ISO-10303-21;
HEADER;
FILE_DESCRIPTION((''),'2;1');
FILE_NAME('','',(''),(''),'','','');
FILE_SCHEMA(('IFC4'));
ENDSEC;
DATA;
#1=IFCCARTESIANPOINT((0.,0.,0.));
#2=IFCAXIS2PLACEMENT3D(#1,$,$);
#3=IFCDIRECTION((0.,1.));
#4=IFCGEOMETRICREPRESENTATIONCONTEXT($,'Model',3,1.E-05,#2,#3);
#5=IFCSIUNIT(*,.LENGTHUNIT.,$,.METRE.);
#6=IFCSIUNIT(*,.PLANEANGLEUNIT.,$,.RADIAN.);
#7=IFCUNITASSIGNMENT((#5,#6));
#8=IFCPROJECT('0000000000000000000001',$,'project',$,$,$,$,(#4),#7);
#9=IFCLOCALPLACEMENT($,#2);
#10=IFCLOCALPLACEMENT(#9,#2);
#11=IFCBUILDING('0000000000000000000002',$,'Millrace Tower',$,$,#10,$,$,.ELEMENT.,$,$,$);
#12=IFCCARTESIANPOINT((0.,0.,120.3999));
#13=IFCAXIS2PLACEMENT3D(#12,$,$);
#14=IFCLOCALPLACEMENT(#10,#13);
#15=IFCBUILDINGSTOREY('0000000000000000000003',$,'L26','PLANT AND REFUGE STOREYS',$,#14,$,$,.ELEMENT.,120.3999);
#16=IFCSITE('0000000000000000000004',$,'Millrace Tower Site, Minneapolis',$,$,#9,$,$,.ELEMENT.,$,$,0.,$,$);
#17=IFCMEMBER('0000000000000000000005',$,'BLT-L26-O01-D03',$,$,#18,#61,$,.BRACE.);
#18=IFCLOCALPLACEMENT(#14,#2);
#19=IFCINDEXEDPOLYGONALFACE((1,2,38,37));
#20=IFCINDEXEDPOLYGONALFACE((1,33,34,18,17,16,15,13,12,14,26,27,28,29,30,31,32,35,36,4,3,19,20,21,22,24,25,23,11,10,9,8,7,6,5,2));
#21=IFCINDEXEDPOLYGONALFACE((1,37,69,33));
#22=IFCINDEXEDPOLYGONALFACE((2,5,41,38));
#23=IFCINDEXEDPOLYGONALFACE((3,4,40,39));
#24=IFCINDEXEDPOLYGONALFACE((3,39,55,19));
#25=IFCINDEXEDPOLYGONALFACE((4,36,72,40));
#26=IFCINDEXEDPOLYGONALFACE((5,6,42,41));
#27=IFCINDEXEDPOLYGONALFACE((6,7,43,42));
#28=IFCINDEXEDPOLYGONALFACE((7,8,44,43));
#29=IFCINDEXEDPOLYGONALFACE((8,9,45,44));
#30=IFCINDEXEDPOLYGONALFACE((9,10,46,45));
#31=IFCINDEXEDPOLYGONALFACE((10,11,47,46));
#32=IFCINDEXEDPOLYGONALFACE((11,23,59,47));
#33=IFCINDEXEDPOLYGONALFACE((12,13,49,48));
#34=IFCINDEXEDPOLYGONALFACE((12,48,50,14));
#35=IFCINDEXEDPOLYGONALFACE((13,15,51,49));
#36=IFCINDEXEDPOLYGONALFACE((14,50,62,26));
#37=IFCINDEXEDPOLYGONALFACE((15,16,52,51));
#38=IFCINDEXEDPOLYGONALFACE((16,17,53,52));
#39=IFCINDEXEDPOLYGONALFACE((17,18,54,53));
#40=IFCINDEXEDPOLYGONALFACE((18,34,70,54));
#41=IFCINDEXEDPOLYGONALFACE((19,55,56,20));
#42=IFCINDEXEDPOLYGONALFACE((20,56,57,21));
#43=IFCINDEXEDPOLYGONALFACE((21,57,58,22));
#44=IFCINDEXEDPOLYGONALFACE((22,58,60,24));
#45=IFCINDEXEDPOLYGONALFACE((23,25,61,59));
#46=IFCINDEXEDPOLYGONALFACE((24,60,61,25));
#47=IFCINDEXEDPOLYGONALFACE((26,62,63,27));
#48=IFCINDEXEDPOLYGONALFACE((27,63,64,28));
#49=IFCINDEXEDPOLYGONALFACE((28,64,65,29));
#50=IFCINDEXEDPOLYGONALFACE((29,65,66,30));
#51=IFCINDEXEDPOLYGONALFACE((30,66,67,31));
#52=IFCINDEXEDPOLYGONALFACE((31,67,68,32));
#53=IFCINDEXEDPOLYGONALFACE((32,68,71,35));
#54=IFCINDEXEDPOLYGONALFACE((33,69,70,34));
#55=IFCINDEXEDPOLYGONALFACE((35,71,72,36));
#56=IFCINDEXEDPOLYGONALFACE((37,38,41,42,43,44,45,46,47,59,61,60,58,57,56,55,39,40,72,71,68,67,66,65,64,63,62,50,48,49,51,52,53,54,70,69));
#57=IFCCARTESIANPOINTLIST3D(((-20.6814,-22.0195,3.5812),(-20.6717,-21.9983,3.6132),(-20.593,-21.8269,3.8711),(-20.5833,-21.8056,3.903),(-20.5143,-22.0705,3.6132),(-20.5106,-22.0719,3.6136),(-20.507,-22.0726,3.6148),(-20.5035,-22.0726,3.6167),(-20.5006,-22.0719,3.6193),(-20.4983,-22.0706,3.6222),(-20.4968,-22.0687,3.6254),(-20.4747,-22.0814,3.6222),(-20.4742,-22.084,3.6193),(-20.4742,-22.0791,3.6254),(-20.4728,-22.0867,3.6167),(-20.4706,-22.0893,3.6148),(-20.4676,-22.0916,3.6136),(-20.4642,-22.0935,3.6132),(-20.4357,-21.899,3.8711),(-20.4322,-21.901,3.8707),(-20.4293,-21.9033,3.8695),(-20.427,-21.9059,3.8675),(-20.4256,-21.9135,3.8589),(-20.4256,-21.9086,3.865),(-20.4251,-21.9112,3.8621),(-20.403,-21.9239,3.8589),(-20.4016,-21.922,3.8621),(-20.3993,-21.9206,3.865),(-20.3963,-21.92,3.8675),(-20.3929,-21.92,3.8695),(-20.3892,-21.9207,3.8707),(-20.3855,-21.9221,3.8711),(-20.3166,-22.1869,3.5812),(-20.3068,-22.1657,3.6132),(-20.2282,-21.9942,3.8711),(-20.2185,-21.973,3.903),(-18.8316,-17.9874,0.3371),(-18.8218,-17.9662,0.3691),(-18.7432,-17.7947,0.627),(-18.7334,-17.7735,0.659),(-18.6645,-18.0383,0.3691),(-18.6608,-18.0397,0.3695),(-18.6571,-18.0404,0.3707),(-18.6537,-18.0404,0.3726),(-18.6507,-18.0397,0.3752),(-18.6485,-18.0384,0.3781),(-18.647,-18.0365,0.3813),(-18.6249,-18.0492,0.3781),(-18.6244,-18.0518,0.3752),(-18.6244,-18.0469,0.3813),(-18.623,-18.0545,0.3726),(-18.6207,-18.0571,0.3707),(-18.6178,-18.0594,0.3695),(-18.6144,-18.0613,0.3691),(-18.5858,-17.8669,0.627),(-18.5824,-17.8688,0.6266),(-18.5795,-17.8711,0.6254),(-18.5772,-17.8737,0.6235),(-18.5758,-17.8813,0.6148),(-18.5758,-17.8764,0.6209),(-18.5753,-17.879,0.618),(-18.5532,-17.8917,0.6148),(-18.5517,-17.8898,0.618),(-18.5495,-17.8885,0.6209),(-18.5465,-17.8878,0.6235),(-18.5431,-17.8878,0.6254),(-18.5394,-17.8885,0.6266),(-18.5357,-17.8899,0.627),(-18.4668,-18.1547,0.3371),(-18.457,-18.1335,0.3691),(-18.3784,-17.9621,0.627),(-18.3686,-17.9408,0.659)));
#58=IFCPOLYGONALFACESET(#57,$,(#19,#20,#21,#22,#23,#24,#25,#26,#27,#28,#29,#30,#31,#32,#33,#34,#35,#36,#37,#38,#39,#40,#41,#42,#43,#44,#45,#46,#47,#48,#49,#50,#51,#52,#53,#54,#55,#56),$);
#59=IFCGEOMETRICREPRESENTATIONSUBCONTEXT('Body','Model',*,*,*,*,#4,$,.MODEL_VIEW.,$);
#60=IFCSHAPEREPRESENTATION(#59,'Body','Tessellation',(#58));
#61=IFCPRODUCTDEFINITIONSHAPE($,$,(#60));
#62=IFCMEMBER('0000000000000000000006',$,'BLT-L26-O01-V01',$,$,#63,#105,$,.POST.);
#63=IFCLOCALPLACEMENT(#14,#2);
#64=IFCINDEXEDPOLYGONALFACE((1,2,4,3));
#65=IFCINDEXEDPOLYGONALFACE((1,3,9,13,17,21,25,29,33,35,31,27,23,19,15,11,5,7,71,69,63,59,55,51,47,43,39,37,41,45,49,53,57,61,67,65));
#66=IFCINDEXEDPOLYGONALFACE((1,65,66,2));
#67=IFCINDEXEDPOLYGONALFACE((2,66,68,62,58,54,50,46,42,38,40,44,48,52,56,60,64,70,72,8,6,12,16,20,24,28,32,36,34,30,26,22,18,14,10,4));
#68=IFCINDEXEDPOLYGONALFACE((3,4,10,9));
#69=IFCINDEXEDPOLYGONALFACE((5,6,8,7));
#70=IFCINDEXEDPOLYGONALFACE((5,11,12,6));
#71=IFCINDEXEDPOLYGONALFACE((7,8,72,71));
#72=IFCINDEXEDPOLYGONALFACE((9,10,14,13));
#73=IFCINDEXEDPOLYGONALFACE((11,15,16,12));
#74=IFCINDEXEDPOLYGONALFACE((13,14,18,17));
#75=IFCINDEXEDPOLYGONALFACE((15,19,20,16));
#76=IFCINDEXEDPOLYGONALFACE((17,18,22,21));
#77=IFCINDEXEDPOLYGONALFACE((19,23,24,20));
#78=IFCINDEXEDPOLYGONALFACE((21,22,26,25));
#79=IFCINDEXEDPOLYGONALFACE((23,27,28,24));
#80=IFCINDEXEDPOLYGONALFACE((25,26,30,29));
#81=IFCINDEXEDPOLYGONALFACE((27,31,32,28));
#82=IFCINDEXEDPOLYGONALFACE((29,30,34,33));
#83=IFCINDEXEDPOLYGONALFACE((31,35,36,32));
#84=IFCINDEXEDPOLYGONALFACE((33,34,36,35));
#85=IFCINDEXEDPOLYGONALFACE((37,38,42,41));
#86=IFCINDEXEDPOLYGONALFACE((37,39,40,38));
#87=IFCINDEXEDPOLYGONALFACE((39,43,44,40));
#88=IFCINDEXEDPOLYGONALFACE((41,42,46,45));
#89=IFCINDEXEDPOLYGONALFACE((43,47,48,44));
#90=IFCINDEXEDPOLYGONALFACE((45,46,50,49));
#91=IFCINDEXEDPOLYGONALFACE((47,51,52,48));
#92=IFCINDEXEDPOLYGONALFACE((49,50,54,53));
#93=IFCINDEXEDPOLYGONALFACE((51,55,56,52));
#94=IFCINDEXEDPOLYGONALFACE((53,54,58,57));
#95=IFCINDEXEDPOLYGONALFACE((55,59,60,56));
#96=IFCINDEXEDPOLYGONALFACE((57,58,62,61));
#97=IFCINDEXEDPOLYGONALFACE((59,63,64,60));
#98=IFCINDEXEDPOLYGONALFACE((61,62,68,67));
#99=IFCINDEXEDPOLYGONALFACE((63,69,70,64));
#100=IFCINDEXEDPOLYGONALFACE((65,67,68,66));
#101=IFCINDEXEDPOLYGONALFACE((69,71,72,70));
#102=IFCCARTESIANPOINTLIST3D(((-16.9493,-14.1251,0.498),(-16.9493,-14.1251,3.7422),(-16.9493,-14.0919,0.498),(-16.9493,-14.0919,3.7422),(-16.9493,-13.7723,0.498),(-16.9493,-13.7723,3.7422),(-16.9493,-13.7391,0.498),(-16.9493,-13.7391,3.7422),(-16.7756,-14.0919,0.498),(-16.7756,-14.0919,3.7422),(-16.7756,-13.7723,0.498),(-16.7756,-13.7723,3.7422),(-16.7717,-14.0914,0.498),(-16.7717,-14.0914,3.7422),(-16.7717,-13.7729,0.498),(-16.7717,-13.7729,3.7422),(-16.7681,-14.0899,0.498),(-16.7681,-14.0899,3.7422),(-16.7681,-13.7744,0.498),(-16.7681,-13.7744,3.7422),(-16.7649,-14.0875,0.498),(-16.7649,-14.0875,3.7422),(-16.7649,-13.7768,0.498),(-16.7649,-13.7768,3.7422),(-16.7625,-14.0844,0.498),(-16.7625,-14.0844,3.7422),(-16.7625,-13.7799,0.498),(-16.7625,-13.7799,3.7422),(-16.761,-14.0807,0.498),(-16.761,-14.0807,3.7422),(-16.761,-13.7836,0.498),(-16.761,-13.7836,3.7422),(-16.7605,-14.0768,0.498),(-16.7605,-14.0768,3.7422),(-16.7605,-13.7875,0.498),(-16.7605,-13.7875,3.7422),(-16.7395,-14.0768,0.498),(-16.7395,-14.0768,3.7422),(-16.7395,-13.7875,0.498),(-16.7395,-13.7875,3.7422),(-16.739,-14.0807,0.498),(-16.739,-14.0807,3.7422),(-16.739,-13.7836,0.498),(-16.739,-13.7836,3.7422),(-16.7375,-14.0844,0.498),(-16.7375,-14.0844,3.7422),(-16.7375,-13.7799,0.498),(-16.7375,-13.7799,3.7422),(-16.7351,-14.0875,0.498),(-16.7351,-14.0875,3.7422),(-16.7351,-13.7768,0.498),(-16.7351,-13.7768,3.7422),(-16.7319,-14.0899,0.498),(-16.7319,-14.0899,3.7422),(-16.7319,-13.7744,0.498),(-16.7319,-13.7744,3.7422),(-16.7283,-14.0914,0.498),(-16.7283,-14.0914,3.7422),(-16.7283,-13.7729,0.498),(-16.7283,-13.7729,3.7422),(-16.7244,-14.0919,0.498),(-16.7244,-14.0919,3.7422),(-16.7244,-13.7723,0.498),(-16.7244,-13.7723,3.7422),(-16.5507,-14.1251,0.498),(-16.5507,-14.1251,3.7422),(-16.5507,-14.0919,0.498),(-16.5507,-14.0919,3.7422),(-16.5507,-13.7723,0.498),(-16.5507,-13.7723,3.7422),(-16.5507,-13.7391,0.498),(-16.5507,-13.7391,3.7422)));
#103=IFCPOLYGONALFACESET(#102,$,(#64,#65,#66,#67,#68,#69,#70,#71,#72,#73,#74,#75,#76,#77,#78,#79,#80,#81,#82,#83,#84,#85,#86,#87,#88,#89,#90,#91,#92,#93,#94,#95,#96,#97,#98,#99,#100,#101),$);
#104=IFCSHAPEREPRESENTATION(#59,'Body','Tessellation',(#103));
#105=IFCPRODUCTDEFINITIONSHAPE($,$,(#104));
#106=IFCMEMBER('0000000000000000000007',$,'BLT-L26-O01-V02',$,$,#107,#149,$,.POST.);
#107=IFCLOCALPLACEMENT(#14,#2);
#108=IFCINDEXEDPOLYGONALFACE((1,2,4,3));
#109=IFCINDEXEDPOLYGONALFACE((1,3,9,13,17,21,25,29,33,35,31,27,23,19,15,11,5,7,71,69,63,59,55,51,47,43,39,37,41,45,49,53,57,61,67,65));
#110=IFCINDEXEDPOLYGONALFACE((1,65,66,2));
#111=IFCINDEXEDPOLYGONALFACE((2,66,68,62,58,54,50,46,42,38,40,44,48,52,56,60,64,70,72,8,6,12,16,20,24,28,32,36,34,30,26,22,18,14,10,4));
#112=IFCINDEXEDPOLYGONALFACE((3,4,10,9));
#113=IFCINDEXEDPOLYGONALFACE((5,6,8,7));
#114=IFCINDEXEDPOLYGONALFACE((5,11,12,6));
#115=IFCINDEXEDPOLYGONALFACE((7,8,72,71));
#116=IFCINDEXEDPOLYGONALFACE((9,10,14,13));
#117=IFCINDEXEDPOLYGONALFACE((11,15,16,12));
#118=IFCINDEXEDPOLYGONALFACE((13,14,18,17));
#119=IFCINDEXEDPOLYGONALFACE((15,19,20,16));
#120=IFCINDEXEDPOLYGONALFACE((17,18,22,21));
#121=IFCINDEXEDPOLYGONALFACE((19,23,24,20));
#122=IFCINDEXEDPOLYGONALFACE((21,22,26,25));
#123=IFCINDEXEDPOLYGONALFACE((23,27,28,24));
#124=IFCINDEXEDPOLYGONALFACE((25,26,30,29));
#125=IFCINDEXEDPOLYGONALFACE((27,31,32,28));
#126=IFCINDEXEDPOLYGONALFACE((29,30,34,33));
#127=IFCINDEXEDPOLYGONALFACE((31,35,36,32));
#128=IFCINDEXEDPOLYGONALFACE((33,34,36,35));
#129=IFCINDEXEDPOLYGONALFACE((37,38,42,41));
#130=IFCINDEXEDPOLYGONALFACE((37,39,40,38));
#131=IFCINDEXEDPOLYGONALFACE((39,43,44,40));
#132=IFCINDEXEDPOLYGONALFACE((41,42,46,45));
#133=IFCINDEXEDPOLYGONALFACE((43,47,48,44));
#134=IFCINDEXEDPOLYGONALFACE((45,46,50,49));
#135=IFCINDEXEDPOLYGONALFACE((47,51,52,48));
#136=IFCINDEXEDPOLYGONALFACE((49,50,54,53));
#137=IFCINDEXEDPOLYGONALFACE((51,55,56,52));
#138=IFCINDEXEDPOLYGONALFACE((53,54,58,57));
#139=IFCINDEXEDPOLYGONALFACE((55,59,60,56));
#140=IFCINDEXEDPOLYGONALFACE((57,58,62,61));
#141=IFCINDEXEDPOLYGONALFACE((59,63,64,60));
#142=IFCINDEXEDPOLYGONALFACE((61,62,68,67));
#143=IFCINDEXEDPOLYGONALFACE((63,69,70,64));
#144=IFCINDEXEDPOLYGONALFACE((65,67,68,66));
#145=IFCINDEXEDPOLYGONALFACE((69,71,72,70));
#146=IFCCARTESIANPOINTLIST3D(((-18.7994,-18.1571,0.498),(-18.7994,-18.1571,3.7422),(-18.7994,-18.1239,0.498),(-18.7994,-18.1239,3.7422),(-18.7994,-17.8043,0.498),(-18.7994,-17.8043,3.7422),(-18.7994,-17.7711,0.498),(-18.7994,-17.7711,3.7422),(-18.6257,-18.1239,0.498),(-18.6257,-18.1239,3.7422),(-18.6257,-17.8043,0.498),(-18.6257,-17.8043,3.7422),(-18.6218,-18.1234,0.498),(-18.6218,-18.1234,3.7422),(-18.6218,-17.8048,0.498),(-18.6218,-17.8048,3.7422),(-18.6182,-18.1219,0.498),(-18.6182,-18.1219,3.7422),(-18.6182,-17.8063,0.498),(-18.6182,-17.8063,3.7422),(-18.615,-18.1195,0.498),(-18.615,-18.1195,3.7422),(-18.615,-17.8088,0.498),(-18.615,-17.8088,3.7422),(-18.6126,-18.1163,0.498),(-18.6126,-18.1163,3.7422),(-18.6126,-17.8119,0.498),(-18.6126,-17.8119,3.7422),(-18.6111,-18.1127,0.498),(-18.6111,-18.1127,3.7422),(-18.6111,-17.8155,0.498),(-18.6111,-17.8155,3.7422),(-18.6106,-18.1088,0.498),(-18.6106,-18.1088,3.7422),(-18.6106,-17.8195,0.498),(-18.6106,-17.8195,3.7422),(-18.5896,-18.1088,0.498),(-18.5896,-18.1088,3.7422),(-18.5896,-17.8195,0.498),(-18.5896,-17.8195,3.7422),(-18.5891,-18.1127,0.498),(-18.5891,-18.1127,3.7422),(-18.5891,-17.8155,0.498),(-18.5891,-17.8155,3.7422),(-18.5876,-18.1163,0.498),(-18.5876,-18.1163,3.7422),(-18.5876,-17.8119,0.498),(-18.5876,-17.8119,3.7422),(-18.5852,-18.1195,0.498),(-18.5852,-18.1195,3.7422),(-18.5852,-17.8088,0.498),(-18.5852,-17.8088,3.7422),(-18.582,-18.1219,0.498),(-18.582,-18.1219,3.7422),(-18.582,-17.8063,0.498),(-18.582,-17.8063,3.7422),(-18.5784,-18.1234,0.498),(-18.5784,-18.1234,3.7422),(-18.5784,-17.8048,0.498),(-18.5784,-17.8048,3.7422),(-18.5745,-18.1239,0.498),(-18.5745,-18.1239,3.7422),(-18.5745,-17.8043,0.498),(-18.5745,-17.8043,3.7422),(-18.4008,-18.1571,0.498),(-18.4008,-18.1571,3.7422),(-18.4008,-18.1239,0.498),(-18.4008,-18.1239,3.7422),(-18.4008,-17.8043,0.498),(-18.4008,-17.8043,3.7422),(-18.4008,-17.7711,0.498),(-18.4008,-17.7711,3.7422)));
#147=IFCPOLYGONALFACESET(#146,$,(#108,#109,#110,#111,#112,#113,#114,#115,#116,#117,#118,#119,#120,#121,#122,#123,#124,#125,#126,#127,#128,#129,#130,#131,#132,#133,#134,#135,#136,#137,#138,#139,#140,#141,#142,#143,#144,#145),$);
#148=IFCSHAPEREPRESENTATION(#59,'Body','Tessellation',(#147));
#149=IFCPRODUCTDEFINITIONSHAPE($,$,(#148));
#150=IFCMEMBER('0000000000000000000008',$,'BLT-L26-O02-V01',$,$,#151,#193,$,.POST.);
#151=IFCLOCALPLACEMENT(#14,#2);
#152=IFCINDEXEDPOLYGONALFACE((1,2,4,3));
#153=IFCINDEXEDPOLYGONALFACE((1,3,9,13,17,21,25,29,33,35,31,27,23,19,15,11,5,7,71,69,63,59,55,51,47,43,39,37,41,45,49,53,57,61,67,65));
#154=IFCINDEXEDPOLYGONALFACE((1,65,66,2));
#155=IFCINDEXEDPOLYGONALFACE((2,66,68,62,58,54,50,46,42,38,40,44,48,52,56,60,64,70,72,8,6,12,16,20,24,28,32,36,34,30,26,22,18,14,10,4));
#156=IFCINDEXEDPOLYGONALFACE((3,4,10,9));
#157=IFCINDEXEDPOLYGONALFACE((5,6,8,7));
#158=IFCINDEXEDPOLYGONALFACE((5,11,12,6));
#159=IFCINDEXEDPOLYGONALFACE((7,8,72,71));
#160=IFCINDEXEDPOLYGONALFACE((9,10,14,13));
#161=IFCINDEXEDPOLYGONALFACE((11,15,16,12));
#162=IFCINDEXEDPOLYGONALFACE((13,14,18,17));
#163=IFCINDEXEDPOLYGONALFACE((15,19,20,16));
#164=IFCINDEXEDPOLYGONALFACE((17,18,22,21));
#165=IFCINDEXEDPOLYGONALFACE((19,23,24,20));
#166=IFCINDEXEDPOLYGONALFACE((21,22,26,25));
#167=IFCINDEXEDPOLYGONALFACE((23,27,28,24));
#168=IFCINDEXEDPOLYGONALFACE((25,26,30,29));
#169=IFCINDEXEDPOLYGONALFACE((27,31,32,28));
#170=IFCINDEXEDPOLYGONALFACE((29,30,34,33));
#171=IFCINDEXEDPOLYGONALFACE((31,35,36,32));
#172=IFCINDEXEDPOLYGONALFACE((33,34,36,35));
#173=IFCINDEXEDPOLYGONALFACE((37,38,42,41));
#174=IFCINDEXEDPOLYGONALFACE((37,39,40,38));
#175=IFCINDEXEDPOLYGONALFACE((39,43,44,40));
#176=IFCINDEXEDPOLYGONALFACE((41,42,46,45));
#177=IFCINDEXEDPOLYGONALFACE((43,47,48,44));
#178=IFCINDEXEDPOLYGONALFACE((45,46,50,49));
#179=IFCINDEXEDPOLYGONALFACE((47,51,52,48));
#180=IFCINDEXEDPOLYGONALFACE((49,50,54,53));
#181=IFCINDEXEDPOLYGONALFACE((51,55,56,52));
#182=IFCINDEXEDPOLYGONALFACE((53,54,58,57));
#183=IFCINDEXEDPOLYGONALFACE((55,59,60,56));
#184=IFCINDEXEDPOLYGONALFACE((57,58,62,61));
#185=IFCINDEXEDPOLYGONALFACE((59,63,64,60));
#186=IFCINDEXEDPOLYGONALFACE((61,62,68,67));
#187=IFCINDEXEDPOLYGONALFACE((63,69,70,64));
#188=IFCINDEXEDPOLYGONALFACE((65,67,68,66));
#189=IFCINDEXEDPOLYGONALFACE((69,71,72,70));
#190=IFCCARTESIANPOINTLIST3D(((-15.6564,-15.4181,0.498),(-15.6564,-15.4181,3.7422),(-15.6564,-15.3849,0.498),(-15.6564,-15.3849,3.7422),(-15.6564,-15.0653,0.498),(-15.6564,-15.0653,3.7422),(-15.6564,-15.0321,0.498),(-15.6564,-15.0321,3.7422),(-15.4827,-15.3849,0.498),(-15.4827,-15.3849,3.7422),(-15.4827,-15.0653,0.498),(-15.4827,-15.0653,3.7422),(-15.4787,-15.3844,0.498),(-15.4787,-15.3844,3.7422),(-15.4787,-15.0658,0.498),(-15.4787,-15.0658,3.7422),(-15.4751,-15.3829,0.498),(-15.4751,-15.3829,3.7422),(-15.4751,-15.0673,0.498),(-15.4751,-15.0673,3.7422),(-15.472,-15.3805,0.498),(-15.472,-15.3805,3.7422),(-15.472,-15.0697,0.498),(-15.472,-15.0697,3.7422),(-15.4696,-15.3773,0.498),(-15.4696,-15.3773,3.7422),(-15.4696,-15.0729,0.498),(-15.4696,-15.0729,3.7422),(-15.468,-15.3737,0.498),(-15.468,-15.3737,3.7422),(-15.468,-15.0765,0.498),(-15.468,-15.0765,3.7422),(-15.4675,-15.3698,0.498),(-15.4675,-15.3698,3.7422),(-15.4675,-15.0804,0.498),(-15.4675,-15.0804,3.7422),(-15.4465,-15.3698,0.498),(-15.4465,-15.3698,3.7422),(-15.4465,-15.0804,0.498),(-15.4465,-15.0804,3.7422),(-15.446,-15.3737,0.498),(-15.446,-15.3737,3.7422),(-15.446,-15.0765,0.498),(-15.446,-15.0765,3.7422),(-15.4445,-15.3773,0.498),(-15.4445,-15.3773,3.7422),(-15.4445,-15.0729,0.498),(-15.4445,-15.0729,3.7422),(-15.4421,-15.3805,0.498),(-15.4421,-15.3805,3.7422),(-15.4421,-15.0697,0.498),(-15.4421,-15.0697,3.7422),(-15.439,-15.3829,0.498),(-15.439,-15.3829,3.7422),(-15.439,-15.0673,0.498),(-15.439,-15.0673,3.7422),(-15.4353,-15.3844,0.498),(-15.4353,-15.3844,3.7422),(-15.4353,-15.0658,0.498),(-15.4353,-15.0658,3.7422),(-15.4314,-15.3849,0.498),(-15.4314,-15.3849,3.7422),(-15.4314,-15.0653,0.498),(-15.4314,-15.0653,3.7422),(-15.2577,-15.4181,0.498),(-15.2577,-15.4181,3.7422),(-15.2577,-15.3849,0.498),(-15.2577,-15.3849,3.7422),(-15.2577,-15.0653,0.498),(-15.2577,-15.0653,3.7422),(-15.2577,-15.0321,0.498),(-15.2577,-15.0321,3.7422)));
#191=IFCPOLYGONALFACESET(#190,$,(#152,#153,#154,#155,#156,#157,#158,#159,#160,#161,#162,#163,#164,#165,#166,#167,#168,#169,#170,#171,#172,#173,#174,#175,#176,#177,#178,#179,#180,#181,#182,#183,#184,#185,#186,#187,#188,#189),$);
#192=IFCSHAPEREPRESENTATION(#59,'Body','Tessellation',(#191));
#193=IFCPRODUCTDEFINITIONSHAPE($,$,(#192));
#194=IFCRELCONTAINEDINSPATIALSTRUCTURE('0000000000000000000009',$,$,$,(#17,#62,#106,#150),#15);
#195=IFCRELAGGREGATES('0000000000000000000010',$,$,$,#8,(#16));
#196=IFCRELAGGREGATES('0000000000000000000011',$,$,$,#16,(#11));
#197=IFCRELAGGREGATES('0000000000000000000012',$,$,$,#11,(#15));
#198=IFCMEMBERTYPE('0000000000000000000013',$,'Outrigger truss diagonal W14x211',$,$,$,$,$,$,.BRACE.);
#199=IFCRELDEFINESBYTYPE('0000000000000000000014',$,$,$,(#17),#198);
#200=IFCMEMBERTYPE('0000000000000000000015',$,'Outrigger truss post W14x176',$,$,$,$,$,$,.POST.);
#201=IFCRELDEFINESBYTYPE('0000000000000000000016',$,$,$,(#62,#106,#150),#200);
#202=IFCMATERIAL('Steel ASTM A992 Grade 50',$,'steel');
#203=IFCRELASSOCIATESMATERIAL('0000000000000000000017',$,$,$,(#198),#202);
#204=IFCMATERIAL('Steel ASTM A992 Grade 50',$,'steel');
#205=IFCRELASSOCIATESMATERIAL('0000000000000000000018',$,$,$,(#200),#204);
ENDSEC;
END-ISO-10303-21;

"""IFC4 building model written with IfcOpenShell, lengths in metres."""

from ifc_helpers import new_model, si_unit, direction, frame, origin, origin_2d, place, context, subcontext, project, spatial, i_section, extrude, material, material_profile, profile_set, type_object, element, save


model = new_model("IFC4")

# Units and contexts
model_context = context("Model", 3, precision=1e-05, world=origin(), true_north=direction((0.0, 1.0)))
body_context = subcontext(model_context, "Body", "Model", "MODEL_VIEW")
ifc_project = project(units=[si_unit("LENGTHUNIT", "METRE"), si_unit("PLANEANGLEUNIT", "RADIAN")], contexts=[model_context])

# Site, building, storey
site_placement = place(None, origin())
site = spatial("IfcSite", under=ifc_project, at=site_placement, Name="Millrace Tower Site, Minneapolis", CompositionType="ELEMENT", RefElevation=0.0)
building_placement = place(site_placement, origin())
building = spatial("IfcBuilding", under=site, at=building_placement, Name="Millrace Tower", CompositionType="ELEMENT")
storey_placement = place(building_placement, frame((0.0, 0.0, 120.3999)))
storey = spatial("IfcBuildingStorey", under=building, at=storey_placement, Name="L26", Description="PLANT AND REFUGE STOREYS", CompositionType="ELEMENT", Elevation=120.3999)

# Members
ifc_material_1 = material(Name="Steel ASTM A992 Grade 50", Category="steel")
ifc_material_profile_1 = material_profile(ifc_material_1, i_section(OverallWidth=0.4014, OverallDepth=0.3987, WebThickness=0.0249, FlangeThickness=0.0396, FilletRadius=0.0151, at=origin_2d()))
ifc_profile_set_1 = profile_set([ifc_material_profile_1], Name="Steel ASTM A992 Grade 50")
member_type_1 = type_object("IfcMemberType", Name="Outrigger truss diagonal W14x211", PredefinedType="BRACE", material=ifc_profile_set_1)
for number, where, z_axis, x_axis, name in (
    (1, (-18.6001, -17.9641, 0.498), (-0.336586, -0.733675, 0.59028), (0.908915, -0.416981, 0.0), "BLT-L26-O01-D03"),
):
    element("IfcMember", number, at=place(storey_placement, frame(where, z_axis=z_axis, x_axis=x_axis)), inside=storey, type_object=member_type_1, Name=name, PredefinedType="BRACE", context=body_context, shape_type="SweptSolid", body=[
        extrude(i_section(OverallWidth=0.4014, OverallDepth=0.3987, WebThickness=0.0249, FlangeThickness=0.0396, FilletRadius=0.0151, at=origin_2d()), origin(), (0.0, 0.0, 1.0), 5.4958),
    ])
ifc_material_2 = material(Name="Steel ASTM A992 Grade 50", Category="steel")
ifc_material_profile_2 = material_profile(ifc_material_2, i_section(OverallWidth=0.3987, OverallDepth=0.386, WebThickness=0.021, FlangeThickness=0.0332, FilletRadius=0.0151, at=origin_2d()))
ifc_profile_set_2 = profile_set([ifc_material_profile_2], Name="Steel ASTM A992 Grade 50")
member_type_2 = type_object("IfcMemberType", Name="Outrigger truss post W14x176", PredefinedType="POST", material=ifc_profile_set_2)
for number, where, z_axis, x_axis, name in (
    (2, (-16.75, -13.9321, 0.498), (0.0, 0.0, 1.0), (1.0, 0.0, 0.0), "BLT-L26-O01-V01"),
    (3, (-18.6001, -17.9641, 0.498), (0.0, 0.0, 1.0), (1.0, 0.0, 0.0), "BLT-L26-O01-V02"),
    (4, (-15.457, -15.2251, 0.498), (0.0, 0.0, 1.0), (1.0, 0.0, 0.0), "BLT-L26-O02-V01"),
):
    element("IfcMember", number, at=place(storey_placement, frame(where, z_axis=z_axis, x_axis=x_axis)), inside=storey, type_object=member_type_2, Name=name, PredefinedType="POST", context=body_context, shape_type="SweptSolid", body=[
        extrude(i_section(OverallWidth=0.3987, OverallDepth=0.386, WebThickness=0.021, FlangeThickness=0.0332, FilletRadius=0.0151, at=origin_2d()), origin(), (0.0, 0.0, 1.0), 3.2441),
    ])

save(model, "model.ifc")
